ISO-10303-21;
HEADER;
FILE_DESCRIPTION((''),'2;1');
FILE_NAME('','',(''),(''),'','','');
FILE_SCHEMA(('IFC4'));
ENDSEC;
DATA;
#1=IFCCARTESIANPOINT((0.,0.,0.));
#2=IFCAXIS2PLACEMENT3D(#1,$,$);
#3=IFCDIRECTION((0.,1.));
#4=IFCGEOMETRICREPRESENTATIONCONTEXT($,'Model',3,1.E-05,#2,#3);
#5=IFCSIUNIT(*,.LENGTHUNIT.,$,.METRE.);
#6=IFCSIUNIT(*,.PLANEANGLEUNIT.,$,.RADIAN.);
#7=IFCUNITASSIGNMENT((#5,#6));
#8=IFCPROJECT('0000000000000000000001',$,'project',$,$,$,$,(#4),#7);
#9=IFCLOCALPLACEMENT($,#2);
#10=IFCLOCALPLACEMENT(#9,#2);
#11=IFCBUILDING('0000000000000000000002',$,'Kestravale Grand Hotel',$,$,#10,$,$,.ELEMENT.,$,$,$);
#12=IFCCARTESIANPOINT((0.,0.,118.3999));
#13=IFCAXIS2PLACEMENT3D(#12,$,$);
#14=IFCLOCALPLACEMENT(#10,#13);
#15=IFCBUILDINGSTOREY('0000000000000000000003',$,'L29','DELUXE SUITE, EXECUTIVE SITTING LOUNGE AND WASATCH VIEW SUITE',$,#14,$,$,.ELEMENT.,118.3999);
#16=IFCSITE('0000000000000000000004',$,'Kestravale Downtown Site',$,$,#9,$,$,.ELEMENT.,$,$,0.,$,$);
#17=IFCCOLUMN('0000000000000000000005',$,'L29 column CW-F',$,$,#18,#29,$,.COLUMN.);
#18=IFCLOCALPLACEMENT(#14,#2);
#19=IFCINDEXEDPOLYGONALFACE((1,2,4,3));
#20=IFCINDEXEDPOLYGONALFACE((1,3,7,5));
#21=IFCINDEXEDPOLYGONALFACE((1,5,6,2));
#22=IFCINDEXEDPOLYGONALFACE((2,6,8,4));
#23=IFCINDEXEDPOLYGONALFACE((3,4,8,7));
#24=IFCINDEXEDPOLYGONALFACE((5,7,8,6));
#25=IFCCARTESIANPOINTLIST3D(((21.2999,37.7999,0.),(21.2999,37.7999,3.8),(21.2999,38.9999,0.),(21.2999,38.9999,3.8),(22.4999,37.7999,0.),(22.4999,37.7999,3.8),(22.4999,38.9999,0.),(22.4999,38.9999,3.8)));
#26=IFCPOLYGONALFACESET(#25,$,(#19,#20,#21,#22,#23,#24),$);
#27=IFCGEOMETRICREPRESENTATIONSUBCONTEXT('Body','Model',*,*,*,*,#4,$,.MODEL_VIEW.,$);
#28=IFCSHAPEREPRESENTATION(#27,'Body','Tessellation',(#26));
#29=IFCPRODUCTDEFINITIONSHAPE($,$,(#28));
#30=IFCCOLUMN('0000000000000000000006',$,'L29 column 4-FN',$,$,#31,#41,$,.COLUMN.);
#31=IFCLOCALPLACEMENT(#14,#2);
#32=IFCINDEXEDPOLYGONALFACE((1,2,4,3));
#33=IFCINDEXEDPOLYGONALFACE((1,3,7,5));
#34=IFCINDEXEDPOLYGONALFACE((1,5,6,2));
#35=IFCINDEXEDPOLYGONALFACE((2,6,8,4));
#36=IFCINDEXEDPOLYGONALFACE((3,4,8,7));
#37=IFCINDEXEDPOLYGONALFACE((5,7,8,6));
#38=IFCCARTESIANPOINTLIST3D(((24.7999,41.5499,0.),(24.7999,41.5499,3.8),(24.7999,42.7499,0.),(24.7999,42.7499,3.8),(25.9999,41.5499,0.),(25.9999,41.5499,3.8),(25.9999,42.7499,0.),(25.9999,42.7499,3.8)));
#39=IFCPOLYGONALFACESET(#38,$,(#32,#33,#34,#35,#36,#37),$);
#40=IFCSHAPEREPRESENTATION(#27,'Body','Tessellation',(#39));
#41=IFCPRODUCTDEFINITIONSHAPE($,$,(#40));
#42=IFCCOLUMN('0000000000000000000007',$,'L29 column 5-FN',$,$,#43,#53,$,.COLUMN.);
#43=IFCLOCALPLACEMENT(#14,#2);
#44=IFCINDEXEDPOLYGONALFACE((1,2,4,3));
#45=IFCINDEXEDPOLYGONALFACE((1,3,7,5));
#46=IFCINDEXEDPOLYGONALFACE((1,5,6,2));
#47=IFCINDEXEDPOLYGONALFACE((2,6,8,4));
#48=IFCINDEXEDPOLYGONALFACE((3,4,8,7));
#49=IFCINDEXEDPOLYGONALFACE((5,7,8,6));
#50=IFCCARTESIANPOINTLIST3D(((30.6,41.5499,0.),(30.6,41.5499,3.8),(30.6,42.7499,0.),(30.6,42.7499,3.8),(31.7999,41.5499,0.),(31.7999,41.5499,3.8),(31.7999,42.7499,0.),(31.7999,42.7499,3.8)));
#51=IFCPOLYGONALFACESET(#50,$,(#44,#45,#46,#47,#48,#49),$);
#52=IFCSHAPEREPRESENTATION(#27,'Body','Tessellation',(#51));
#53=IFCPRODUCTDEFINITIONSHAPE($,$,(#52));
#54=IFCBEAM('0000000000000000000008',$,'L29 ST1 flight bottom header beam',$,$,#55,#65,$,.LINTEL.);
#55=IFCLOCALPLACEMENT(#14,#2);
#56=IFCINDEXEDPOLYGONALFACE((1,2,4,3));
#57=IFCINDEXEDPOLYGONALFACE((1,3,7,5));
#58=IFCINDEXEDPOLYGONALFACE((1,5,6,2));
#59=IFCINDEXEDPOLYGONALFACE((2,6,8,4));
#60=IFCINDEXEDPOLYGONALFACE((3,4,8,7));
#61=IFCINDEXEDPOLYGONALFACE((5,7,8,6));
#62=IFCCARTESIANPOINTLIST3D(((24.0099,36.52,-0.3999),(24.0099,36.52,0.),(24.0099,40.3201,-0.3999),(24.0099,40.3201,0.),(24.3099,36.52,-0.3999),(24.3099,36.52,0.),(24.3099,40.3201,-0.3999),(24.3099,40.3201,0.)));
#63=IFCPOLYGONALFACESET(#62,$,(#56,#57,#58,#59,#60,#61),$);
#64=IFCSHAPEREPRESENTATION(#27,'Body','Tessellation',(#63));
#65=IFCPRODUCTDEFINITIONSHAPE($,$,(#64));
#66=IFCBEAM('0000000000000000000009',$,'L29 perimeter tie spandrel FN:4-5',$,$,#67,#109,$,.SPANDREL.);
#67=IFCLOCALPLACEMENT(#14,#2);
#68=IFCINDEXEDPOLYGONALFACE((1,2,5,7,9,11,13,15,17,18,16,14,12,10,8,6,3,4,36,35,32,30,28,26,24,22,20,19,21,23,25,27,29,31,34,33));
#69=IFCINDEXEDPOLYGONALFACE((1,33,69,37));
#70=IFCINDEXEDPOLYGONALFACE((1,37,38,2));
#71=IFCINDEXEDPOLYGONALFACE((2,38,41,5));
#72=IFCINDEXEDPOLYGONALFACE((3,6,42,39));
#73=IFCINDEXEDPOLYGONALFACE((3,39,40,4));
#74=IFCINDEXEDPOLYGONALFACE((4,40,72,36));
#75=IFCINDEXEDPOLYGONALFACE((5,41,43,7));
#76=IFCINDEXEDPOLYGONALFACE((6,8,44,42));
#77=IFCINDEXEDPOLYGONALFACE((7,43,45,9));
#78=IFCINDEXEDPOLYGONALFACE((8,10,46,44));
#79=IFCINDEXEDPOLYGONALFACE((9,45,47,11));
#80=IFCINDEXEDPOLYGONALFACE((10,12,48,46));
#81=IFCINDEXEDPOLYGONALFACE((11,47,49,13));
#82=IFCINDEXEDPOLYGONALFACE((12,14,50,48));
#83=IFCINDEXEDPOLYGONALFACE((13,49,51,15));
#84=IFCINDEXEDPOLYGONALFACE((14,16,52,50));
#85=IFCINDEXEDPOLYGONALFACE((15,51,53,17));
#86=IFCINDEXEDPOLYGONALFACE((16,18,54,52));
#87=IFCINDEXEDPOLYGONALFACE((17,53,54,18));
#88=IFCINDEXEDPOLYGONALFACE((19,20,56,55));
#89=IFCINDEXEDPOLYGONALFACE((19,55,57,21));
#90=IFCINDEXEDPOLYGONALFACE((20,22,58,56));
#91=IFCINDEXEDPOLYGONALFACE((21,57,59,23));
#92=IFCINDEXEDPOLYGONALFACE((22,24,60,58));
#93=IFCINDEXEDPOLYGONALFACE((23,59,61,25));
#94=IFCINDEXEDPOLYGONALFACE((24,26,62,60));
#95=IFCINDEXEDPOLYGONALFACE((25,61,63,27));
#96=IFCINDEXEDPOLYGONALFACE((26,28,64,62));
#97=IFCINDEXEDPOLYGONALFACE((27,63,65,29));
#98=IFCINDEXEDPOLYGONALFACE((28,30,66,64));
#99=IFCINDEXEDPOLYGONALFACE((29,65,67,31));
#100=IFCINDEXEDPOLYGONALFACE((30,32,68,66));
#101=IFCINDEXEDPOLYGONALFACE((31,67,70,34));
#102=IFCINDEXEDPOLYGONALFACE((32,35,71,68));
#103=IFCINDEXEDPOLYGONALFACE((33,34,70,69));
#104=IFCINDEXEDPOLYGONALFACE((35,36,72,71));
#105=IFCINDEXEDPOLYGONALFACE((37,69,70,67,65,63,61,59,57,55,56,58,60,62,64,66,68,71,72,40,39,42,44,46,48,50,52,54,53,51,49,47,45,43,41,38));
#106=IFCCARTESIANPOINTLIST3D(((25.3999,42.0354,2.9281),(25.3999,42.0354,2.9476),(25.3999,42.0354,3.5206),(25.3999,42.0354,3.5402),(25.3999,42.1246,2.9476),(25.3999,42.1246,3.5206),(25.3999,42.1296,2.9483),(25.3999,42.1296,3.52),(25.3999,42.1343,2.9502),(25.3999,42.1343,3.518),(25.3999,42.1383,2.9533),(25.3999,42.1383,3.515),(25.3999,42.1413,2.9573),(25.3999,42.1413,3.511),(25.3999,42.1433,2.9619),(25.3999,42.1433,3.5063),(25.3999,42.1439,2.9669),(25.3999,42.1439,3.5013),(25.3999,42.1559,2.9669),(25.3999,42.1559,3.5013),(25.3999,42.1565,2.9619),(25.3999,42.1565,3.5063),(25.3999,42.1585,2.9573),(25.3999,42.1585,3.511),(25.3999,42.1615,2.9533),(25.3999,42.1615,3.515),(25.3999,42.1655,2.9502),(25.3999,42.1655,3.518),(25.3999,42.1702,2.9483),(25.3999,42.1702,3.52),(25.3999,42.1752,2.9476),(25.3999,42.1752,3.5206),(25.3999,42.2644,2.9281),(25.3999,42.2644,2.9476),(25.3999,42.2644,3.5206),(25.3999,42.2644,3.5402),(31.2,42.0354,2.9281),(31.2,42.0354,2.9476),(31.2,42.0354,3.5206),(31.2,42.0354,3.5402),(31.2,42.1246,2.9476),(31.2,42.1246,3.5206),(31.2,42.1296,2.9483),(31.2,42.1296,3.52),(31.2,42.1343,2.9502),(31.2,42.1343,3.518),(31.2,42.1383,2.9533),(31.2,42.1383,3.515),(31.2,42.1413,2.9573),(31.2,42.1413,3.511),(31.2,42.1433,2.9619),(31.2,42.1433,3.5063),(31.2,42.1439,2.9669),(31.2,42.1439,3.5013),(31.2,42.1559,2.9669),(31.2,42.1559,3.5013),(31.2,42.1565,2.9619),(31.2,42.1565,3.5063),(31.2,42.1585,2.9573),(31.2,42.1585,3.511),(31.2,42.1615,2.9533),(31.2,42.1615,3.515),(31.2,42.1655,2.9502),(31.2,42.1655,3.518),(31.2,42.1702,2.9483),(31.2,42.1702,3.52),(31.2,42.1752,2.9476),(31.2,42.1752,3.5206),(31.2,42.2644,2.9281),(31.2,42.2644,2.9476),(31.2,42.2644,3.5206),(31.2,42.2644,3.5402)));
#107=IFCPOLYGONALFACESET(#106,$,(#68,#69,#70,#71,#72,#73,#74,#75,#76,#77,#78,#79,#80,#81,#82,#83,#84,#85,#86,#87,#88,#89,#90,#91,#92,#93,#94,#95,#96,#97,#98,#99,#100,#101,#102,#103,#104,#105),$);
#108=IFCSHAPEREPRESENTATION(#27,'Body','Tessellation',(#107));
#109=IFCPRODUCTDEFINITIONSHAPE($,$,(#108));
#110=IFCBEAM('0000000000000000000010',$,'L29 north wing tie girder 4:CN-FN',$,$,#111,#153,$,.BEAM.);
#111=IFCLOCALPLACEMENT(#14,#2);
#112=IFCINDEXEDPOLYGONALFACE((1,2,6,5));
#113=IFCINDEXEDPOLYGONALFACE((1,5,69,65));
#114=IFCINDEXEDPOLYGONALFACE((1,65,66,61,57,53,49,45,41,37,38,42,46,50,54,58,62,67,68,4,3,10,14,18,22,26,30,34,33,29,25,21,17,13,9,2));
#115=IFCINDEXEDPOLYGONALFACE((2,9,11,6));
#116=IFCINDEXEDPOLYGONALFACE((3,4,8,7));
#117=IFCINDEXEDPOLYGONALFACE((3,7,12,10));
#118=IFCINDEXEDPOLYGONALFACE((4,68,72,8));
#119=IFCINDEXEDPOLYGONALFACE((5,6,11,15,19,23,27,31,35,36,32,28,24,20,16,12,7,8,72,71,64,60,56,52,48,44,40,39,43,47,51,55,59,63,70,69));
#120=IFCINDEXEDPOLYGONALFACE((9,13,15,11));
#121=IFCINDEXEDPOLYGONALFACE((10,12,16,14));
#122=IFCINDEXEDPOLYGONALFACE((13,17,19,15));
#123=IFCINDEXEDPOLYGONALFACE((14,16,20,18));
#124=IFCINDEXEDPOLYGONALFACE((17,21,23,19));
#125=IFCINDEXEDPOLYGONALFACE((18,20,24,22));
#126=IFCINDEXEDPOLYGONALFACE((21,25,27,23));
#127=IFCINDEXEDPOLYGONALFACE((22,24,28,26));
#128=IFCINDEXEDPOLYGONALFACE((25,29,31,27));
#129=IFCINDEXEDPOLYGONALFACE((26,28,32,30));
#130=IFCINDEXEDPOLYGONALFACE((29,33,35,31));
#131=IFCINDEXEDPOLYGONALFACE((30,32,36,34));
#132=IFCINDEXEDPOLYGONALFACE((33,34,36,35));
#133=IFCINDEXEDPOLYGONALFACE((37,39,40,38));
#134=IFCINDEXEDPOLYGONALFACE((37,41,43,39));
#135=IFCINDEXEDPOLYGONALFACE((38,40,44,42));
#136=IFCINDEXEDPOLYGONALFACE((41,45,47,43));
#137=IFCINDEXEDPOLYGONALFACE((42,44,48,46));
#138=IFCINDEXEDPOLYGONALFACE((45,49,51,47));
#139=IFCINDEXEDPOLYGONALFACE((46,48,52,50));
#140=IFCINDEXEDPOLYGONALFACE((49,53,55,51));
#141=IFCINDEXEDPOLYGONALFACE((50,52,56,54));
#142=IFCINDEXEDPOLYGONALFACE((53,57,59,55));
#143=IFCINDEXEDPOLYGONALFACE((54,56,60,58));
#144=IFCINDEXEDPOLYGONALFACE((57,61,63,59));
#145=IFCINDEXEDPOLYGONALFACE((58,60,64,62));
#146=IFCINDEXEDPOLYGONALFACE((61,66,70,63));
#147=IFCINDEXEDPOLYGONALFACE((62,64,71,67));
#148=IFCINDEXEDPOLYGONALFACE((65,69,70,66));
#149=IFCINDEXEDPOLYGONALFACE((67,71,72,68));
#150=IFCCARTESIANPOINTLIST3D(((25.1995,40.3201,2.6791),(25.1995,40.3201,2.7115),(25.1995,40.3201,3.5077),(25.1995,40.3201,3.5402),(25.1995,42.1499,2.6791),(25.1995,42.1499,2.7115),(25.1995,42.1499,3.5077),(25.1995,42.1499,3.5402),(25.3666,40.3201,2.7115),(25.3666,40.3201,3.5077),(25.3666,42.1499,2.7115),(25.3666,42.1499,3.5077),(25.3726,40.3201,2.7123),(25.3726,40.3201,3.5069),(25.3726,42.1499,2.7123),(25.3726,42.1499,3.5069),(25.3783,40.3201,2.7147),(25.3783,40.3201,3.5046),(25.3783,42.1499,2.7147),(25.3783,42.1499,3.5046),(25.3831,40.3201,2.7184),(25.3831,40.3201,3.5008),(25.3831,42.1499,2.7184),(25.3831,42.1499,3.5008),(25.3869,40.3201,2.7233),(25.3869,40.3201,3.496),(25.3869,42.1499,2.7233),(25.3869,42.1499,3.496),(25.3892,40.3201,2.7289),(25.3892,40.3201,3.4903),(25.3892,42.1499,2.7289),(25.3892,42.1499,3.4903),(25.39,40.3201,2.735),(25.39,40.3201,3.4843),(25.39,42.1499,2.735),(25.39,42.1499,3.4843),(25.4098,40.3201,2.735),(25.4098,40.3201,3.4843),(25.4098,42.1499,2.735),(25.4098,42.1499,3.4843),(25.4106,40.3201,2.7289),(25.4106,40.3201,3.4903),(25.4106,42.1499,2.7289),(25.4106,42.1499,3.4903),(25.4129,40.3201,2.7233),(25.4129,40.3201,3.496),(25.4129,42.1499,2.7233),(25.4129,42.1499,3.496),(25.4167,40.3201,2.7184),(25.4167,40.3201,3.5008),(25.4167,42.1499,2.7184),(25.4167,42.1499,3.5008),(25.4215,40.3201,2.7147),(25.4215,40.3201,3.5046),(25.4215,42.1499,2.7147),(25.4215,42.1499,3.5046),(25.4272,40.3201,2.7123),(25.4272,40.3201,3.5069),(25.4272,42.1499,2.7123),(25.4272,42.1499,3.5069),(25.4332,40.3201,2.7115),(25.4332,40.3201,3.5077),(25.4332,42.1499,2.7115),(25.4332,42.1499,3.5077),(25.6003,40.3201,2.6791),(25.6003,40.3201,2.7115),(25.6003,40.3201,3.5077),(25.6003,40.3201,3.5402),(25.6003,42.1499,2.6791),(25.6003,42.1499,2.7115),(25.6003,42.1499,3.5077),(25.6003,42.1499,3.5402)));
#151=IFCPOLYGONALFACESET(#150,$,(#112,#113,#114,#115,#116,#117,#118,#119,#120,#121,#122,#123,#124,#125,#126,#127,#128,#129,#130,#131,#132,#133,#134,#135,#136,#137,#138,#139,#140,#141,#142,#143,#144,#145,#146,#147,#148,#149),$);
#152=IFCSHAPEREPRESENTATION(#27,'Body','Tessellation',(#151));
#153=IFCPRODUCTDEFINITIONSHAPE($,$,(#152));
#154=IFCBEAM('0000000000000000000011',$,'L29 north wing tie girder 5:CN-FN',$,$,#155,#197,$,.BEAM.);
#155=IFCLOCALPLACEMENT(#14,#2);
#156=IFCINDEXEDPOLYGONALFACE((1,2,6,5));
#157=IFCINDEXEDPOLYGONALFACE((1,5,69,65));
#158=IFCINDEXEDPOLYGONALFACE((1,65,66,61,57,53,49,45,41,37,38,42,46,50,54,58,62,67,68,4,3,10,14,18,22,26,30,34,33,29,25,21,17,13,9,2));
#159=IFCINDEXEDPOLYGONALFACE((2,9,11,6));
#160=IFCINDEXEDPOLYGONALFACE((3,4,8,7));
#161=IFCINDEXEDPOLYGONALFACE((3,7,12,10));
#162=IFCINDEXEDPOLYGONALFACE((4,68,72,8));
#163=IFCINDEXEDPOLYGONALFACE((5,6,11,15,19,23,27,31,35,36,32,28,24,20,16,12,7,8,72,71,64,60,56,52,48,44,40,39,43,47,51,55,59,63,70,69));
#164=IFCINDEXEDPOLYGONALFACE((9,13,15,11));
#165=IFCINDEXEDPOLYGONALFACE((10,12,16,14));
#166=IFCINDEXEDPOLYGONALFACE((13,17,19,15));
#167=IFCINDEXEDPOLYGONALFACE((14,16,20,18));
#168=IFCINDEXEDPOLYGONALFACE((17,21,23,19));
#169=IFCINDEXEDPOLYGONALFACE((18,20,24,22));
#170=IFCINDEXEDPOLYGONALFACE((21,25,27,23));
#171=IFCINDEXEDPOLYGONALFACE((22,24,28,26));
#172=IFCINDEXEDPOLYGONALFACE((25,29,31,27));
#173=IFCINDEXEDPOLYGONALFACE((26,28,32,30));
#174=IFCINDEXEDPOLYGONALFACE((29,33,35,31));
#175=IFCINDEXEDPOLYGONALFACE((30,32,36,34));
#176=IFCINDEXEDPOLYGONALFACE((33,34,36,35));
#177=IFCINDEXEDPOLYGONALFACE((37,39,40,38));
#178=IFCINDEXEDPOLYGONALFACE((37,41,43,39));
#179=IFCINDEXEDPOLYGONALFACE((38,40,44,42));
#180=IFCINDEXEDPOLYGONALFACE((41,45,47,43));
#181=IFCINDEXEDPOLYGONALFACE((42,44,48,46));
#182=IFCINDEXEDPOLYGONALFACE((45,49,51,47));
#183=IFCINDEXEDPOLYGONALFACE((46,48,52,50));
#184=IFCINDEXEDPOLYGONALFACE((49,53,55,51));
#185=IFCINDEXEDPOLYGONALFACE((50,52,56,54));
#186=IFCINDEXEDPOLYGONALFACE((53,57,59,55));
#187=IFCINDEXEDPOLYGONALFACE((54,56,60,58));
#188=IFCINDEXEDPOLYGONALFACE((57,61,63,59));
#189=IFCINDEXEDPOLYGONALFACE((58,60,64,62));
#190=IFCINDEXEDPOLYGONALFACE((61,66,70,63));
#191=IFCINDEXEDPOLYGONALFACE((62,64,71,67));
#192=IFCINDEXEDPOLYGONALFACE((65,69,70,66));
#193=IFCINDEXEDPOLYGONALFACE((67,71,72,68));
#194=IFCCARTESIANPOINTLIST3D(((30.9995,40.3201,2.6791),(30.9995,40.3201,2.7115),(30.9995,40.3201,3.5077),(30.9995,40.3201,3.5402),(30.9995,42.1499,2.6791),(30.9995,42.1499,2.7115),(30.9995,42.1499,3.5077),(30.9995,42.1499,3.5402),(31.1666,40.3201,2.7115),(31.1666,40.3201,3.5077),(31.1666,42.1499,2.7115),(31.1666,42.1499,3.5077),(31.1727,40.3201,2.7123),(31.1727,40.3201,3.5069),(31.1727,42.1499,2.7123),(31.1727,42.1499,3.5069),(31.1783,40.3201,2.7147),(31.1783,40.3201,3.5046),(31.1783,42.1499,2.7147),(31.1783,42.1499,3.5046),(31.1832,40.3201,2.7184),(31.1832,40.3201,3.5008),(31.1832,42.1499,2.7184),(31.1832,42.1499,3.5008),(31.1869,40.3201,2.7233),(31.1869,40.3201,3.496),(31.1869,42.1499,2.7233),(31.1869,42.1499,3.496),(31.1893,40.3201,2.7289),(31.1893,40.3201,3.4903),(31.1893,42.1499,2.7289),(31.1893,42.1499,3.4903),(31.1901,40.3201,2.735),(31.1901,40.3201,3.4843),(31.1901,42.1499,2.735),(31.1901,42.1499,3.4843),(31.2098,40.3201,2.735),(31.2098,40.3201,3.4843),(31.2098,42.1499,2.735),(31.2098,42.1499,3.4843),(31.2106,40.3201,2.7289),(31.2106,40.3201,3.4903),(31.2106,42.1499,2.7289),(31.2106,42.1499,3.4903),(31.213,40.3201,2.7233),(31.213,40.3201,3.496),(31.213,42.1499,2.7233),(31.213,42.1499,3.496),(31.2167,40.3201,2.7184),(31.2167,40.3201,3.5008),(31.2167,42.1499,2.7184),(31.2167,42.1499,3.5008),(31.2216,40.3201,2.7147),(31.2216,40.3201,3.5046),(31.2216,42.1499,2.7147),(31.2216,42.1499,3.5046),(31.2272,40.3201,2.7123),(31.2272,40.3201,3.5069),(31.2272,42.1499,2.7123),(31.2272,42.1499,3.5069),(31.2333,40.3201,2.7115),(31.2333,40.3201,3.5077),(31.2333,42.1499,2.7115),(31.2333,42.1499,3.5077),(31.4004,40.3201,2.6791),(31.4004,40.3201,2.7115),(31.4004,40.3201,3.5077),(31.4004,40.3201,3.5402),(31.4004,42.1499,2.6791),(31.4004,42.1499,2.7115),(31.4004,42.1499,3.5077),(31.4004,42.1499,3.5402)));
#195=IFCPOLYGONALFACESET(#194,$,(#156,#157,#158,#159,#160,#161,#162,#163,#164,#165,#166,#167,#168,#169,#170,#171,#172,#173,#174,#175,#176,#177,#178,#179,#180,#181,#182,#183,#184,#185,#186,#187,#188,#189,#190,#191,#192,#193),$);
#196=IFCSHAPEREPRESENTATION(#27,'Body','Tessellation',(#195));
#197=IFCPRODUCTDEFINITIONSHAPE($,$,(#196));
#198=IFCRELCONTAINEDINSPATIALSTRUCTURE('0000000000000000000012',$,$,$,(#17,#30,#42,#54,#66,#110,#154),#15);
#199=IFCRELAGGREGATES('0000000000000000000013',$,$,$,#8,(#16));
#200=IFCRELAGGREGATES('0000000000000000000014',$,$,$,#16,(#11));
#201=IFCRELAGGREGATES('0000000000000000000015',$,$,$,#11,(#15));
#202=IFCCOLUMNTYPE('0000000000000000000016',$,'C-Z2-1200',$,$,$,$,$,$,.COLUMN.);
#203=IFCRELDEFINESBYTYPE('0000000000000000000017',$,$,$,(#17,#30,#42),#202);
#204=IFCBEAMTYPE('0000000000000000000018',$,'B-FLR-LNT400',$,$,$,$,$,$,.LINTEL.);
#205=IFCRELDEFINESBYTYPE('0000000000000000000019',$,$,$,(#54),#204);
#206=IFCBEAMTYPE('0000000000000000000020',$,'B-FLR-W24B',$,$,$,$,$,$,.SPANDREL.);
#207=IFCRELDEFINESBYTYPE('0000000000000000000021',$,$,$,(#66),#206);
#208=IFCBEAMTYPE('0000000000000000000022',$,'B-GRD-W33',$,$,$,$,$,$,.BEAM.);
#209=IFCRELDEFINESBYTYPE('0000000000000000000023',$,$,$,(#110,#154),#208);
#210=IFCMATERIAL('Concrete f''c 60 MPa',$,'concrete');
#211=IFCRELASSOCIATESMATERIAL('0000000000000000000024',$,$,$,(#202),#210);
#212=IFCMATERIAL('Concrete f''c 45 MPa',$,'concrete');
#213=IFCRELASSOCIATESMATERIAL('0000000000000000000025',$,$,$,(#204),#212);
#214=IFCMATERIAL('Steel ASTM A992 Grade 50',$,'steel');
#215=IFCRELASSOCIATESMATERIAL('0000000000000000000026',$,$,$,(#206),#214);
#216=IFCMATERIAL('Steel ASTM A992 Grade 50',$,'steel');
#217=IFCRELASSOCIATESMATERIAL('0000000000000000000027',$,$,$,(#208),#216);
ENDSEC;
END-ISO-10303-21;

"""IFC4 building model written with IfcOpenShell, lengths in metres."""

from ifc_helpers import new_model, si_unit, direction, frame, origin, origin_2d, place, context, subcontext, project, spatial, rectangle, i_section, extrude, material, material_profile, profile_set, type_object, element, save


model = new_model("IFC4")

# Units and contexts
model_context = context("Model", 3, precision=1e-05, world=origin(), true_north=direction((0.0, 1.0)))
body_context = subcontext(model_context, "Body", "Model", "MODEL_VIEW")
ifc_project = project(units=[si_unit("LENGTHUNIT", "METRE"), si_unit("PLANEANGLEUNIT", "RADIAN")], contexts=[model_context])

# Site, building, storey
site_placement = place(None, origin())
site = spatial("IfcSite", under=ifc_project, at=site_placement, Name="Kestravale Downtown Site", CompositionType="ELEMENT", RefElevation=0.0)
building_placement = place(site_placement, origin())
building = spatial("IfcBuilding", under=site, at=building_placement, Name="Kestravale Grand Hotel", CompositionType="ELEMENT")
storey_placement = place(building_placement, frame((0.0, 0.0, 118.3999)))
storey = spatial("IfcBuildingStorey", under=building, at=storey_placement, Name="L29", Description="DELUXE SUITE, EXECUTIVE SITTING LOUNGE AND WASATCH VIEW SUITE", CompositionType="ELEMENT", Elevation=118.3999)

# Columns
ifc_material_1 = material(Name="Concrete f'c 60 MPa", Category="concrete")
ifc_material_profile_1 = material_profile(ifc_material_1, rectangle(XDim=1.2, YDim=1.2, at=origin_2d()))
ifc_profile_set_1 = profile_set([ifc_material_profile_1], Name="Concrete f'c 60 MPa")
column_type = type_object("IfcColumnType", Name="C-Z2-1200", PredefinedType="COLUMN", material=ifc_profile_set_1)
for number, where, z_axis, x_axis, name in (
    (1, (21.8999, 38.3999, 0.0), (0.0, 0.0, 1.0), (1.0, 0.0, 0.0), "L29 column CW-F"),
    (2, (25.3999, 42.1499, 0.0), (0.0, 0.0, 1.0), (1.0, 0.0, 0.0), "L29 column 4-FN"),
    (3, (31.2, 42.1499, 0.0), (0.0, 0.0, 1.0), (1.0, 0.0, 0.0), "L29 column 5-FN"),
):
    element("IfcColumn", number, at=place(storey_placement, frame(where, z_axis=z_axis, x_axis=x_axis)), inside=storey, type_object=column_type, Name=name, PredefinedType="COLUMN", context=body_context, shape_type="SweptSolid", body=[
        extrude(rectangle(XDim=1.2, YDim=1.2, at=origin_2d()), origin(), (0.0, 0.0, 1.0), 3.8),
    ])

# Beams
ifc_material_2 = material(Name="Concrete f'c 45 MPa", Category="concrete")
ifc_material_profile_2 = material_profile(ifc_material_2, rectangle(XDim=0.3, YDim=0.3999, at=origin_2d()))
ifc_profile_set_2 = profile_set([ifc_material_profile_2], Name="Concrete f'c 45 MPa")
beam_type_1 = type_object("IfcBeamType", Name="B-FLR-LNT400", PredefinedType="LINTEL", material=ifc_profile_set_2)
beam_1_placement = place(storey_placement, frame((24.1599, 36.52, -0.2), z_axis=(0.0, 1.0, 0.0), x_axis=(-1.0, 0.0, 0.0)))
element("IfcBeam", 4, at=beam_1_placement, inside=storey, type_object=beam_type_1, Name="L29 ST1 flight bottom header beam", PredefinedType="LINTEL", context=body_context, shape_type="SweptSolid", body=[
    extrude(rectangle(XDim=0.3, YDim=0.3999, at=origin_2d()), origin(), (0.0, 0.0, 1.0), 3.8),
])
ifc_material_3 = material(Name="Steel ASTM A992 Grade 50", Category="steel")
ifc_material_profile_3 = material_profile(ifc_material_3, i_section(OverallWidth=0.229, OverallDepth=0.6121, WebThickness=0.012, FlangeThickness=0.0195, FilletRadius=0.0193, at=origin_2d()))
ifc_profile_set_3 = profile_set([ifc_material_profile_3], Name="Steel ASTM A992 Grade 50")
beam_type_2 = type_object("IfcBeamType", Name="B-FLR-W24B", PredefinedType="SPANDREL", material=ifc_profile_set_3)
beam_2_placement = place(storey_placement, frame((25.3999, 42.1499, 3.2341), z_axis=(1.0, 0.0, 0.0), x_axis=(0.0, 1.0, 0.0)))
element("IfcBeam", 5, at=beam_2_placement, inside=storey, type_object=beam_type_2, Name="L29 perimeter tie spandrel FN:4-5", PredefinedType="SPANDREL", context=body_context, shape_type="SweptSolid", body=[
    extrude(i_section(OverallWidth=0.229, OverallDepth=0.6121, WebThickness=0.012, FlangeThickness=0.0195, FilletRadius=0.0193, at=origin_2d()), origin(), (0.0, 0.0, 1.0), 5.8),
])
ifc_material_4 = material(Name="Steel ASTM A992 Grade 50", Category="steel")
ifc_material_profile_4 = material_profile(ifc_material_4, i_section(OverallWidth=0.4009, OverallDepth=0.8611, WebThickness=0.0198, FlangeThickness=0.0325, FilletRadius=0.0234, at=origin_2d()))
ifc_profile_set_4 = profile_set([ifc_material_profile_4], Name="Steel ASTM A992 Grade 50")
beam_type_3 = type_object("IfcBeamType", Name="B-GRD-W33", PredefinedType="BEAM", material=ifc_profile_set_4)
for number, where, z_axis, x_axis, name in (
    (6, (25.3999, 40.3201, 3.1096), (0.0, 1.0, 0.0), (-1.0, 0.0, 0.0), "L29 north wing tie girder 4:CN-FN"),
    (7, (31.2, 40.3201, 3.1096), (0.0, 1.0, 0.0), (-1.0, 0.0, 0.0), "L29 north wing tie girder 5:CN-FN"),
):
    element("IfcBeam", number, at=place(storey_placement, frame(where, z_axis=z_axis, x_axis=x_axis)), inside=storey, type_object=beam_type_3, Name=name, PredefinedType="BEAM", context=body_context, shape_type="SweptSolid", body=[
        extrude(i_section(OverallWidth=0.4009, OverallDepth=0.8611, WebThickness=0.0198, FlangeThickness=0.0325, FilletRadius=0.0234, at=origin_2d()), origin(), (0.0, 0.0, 1.0), 1.8298),
    ])

save(model, "model.ifc")
